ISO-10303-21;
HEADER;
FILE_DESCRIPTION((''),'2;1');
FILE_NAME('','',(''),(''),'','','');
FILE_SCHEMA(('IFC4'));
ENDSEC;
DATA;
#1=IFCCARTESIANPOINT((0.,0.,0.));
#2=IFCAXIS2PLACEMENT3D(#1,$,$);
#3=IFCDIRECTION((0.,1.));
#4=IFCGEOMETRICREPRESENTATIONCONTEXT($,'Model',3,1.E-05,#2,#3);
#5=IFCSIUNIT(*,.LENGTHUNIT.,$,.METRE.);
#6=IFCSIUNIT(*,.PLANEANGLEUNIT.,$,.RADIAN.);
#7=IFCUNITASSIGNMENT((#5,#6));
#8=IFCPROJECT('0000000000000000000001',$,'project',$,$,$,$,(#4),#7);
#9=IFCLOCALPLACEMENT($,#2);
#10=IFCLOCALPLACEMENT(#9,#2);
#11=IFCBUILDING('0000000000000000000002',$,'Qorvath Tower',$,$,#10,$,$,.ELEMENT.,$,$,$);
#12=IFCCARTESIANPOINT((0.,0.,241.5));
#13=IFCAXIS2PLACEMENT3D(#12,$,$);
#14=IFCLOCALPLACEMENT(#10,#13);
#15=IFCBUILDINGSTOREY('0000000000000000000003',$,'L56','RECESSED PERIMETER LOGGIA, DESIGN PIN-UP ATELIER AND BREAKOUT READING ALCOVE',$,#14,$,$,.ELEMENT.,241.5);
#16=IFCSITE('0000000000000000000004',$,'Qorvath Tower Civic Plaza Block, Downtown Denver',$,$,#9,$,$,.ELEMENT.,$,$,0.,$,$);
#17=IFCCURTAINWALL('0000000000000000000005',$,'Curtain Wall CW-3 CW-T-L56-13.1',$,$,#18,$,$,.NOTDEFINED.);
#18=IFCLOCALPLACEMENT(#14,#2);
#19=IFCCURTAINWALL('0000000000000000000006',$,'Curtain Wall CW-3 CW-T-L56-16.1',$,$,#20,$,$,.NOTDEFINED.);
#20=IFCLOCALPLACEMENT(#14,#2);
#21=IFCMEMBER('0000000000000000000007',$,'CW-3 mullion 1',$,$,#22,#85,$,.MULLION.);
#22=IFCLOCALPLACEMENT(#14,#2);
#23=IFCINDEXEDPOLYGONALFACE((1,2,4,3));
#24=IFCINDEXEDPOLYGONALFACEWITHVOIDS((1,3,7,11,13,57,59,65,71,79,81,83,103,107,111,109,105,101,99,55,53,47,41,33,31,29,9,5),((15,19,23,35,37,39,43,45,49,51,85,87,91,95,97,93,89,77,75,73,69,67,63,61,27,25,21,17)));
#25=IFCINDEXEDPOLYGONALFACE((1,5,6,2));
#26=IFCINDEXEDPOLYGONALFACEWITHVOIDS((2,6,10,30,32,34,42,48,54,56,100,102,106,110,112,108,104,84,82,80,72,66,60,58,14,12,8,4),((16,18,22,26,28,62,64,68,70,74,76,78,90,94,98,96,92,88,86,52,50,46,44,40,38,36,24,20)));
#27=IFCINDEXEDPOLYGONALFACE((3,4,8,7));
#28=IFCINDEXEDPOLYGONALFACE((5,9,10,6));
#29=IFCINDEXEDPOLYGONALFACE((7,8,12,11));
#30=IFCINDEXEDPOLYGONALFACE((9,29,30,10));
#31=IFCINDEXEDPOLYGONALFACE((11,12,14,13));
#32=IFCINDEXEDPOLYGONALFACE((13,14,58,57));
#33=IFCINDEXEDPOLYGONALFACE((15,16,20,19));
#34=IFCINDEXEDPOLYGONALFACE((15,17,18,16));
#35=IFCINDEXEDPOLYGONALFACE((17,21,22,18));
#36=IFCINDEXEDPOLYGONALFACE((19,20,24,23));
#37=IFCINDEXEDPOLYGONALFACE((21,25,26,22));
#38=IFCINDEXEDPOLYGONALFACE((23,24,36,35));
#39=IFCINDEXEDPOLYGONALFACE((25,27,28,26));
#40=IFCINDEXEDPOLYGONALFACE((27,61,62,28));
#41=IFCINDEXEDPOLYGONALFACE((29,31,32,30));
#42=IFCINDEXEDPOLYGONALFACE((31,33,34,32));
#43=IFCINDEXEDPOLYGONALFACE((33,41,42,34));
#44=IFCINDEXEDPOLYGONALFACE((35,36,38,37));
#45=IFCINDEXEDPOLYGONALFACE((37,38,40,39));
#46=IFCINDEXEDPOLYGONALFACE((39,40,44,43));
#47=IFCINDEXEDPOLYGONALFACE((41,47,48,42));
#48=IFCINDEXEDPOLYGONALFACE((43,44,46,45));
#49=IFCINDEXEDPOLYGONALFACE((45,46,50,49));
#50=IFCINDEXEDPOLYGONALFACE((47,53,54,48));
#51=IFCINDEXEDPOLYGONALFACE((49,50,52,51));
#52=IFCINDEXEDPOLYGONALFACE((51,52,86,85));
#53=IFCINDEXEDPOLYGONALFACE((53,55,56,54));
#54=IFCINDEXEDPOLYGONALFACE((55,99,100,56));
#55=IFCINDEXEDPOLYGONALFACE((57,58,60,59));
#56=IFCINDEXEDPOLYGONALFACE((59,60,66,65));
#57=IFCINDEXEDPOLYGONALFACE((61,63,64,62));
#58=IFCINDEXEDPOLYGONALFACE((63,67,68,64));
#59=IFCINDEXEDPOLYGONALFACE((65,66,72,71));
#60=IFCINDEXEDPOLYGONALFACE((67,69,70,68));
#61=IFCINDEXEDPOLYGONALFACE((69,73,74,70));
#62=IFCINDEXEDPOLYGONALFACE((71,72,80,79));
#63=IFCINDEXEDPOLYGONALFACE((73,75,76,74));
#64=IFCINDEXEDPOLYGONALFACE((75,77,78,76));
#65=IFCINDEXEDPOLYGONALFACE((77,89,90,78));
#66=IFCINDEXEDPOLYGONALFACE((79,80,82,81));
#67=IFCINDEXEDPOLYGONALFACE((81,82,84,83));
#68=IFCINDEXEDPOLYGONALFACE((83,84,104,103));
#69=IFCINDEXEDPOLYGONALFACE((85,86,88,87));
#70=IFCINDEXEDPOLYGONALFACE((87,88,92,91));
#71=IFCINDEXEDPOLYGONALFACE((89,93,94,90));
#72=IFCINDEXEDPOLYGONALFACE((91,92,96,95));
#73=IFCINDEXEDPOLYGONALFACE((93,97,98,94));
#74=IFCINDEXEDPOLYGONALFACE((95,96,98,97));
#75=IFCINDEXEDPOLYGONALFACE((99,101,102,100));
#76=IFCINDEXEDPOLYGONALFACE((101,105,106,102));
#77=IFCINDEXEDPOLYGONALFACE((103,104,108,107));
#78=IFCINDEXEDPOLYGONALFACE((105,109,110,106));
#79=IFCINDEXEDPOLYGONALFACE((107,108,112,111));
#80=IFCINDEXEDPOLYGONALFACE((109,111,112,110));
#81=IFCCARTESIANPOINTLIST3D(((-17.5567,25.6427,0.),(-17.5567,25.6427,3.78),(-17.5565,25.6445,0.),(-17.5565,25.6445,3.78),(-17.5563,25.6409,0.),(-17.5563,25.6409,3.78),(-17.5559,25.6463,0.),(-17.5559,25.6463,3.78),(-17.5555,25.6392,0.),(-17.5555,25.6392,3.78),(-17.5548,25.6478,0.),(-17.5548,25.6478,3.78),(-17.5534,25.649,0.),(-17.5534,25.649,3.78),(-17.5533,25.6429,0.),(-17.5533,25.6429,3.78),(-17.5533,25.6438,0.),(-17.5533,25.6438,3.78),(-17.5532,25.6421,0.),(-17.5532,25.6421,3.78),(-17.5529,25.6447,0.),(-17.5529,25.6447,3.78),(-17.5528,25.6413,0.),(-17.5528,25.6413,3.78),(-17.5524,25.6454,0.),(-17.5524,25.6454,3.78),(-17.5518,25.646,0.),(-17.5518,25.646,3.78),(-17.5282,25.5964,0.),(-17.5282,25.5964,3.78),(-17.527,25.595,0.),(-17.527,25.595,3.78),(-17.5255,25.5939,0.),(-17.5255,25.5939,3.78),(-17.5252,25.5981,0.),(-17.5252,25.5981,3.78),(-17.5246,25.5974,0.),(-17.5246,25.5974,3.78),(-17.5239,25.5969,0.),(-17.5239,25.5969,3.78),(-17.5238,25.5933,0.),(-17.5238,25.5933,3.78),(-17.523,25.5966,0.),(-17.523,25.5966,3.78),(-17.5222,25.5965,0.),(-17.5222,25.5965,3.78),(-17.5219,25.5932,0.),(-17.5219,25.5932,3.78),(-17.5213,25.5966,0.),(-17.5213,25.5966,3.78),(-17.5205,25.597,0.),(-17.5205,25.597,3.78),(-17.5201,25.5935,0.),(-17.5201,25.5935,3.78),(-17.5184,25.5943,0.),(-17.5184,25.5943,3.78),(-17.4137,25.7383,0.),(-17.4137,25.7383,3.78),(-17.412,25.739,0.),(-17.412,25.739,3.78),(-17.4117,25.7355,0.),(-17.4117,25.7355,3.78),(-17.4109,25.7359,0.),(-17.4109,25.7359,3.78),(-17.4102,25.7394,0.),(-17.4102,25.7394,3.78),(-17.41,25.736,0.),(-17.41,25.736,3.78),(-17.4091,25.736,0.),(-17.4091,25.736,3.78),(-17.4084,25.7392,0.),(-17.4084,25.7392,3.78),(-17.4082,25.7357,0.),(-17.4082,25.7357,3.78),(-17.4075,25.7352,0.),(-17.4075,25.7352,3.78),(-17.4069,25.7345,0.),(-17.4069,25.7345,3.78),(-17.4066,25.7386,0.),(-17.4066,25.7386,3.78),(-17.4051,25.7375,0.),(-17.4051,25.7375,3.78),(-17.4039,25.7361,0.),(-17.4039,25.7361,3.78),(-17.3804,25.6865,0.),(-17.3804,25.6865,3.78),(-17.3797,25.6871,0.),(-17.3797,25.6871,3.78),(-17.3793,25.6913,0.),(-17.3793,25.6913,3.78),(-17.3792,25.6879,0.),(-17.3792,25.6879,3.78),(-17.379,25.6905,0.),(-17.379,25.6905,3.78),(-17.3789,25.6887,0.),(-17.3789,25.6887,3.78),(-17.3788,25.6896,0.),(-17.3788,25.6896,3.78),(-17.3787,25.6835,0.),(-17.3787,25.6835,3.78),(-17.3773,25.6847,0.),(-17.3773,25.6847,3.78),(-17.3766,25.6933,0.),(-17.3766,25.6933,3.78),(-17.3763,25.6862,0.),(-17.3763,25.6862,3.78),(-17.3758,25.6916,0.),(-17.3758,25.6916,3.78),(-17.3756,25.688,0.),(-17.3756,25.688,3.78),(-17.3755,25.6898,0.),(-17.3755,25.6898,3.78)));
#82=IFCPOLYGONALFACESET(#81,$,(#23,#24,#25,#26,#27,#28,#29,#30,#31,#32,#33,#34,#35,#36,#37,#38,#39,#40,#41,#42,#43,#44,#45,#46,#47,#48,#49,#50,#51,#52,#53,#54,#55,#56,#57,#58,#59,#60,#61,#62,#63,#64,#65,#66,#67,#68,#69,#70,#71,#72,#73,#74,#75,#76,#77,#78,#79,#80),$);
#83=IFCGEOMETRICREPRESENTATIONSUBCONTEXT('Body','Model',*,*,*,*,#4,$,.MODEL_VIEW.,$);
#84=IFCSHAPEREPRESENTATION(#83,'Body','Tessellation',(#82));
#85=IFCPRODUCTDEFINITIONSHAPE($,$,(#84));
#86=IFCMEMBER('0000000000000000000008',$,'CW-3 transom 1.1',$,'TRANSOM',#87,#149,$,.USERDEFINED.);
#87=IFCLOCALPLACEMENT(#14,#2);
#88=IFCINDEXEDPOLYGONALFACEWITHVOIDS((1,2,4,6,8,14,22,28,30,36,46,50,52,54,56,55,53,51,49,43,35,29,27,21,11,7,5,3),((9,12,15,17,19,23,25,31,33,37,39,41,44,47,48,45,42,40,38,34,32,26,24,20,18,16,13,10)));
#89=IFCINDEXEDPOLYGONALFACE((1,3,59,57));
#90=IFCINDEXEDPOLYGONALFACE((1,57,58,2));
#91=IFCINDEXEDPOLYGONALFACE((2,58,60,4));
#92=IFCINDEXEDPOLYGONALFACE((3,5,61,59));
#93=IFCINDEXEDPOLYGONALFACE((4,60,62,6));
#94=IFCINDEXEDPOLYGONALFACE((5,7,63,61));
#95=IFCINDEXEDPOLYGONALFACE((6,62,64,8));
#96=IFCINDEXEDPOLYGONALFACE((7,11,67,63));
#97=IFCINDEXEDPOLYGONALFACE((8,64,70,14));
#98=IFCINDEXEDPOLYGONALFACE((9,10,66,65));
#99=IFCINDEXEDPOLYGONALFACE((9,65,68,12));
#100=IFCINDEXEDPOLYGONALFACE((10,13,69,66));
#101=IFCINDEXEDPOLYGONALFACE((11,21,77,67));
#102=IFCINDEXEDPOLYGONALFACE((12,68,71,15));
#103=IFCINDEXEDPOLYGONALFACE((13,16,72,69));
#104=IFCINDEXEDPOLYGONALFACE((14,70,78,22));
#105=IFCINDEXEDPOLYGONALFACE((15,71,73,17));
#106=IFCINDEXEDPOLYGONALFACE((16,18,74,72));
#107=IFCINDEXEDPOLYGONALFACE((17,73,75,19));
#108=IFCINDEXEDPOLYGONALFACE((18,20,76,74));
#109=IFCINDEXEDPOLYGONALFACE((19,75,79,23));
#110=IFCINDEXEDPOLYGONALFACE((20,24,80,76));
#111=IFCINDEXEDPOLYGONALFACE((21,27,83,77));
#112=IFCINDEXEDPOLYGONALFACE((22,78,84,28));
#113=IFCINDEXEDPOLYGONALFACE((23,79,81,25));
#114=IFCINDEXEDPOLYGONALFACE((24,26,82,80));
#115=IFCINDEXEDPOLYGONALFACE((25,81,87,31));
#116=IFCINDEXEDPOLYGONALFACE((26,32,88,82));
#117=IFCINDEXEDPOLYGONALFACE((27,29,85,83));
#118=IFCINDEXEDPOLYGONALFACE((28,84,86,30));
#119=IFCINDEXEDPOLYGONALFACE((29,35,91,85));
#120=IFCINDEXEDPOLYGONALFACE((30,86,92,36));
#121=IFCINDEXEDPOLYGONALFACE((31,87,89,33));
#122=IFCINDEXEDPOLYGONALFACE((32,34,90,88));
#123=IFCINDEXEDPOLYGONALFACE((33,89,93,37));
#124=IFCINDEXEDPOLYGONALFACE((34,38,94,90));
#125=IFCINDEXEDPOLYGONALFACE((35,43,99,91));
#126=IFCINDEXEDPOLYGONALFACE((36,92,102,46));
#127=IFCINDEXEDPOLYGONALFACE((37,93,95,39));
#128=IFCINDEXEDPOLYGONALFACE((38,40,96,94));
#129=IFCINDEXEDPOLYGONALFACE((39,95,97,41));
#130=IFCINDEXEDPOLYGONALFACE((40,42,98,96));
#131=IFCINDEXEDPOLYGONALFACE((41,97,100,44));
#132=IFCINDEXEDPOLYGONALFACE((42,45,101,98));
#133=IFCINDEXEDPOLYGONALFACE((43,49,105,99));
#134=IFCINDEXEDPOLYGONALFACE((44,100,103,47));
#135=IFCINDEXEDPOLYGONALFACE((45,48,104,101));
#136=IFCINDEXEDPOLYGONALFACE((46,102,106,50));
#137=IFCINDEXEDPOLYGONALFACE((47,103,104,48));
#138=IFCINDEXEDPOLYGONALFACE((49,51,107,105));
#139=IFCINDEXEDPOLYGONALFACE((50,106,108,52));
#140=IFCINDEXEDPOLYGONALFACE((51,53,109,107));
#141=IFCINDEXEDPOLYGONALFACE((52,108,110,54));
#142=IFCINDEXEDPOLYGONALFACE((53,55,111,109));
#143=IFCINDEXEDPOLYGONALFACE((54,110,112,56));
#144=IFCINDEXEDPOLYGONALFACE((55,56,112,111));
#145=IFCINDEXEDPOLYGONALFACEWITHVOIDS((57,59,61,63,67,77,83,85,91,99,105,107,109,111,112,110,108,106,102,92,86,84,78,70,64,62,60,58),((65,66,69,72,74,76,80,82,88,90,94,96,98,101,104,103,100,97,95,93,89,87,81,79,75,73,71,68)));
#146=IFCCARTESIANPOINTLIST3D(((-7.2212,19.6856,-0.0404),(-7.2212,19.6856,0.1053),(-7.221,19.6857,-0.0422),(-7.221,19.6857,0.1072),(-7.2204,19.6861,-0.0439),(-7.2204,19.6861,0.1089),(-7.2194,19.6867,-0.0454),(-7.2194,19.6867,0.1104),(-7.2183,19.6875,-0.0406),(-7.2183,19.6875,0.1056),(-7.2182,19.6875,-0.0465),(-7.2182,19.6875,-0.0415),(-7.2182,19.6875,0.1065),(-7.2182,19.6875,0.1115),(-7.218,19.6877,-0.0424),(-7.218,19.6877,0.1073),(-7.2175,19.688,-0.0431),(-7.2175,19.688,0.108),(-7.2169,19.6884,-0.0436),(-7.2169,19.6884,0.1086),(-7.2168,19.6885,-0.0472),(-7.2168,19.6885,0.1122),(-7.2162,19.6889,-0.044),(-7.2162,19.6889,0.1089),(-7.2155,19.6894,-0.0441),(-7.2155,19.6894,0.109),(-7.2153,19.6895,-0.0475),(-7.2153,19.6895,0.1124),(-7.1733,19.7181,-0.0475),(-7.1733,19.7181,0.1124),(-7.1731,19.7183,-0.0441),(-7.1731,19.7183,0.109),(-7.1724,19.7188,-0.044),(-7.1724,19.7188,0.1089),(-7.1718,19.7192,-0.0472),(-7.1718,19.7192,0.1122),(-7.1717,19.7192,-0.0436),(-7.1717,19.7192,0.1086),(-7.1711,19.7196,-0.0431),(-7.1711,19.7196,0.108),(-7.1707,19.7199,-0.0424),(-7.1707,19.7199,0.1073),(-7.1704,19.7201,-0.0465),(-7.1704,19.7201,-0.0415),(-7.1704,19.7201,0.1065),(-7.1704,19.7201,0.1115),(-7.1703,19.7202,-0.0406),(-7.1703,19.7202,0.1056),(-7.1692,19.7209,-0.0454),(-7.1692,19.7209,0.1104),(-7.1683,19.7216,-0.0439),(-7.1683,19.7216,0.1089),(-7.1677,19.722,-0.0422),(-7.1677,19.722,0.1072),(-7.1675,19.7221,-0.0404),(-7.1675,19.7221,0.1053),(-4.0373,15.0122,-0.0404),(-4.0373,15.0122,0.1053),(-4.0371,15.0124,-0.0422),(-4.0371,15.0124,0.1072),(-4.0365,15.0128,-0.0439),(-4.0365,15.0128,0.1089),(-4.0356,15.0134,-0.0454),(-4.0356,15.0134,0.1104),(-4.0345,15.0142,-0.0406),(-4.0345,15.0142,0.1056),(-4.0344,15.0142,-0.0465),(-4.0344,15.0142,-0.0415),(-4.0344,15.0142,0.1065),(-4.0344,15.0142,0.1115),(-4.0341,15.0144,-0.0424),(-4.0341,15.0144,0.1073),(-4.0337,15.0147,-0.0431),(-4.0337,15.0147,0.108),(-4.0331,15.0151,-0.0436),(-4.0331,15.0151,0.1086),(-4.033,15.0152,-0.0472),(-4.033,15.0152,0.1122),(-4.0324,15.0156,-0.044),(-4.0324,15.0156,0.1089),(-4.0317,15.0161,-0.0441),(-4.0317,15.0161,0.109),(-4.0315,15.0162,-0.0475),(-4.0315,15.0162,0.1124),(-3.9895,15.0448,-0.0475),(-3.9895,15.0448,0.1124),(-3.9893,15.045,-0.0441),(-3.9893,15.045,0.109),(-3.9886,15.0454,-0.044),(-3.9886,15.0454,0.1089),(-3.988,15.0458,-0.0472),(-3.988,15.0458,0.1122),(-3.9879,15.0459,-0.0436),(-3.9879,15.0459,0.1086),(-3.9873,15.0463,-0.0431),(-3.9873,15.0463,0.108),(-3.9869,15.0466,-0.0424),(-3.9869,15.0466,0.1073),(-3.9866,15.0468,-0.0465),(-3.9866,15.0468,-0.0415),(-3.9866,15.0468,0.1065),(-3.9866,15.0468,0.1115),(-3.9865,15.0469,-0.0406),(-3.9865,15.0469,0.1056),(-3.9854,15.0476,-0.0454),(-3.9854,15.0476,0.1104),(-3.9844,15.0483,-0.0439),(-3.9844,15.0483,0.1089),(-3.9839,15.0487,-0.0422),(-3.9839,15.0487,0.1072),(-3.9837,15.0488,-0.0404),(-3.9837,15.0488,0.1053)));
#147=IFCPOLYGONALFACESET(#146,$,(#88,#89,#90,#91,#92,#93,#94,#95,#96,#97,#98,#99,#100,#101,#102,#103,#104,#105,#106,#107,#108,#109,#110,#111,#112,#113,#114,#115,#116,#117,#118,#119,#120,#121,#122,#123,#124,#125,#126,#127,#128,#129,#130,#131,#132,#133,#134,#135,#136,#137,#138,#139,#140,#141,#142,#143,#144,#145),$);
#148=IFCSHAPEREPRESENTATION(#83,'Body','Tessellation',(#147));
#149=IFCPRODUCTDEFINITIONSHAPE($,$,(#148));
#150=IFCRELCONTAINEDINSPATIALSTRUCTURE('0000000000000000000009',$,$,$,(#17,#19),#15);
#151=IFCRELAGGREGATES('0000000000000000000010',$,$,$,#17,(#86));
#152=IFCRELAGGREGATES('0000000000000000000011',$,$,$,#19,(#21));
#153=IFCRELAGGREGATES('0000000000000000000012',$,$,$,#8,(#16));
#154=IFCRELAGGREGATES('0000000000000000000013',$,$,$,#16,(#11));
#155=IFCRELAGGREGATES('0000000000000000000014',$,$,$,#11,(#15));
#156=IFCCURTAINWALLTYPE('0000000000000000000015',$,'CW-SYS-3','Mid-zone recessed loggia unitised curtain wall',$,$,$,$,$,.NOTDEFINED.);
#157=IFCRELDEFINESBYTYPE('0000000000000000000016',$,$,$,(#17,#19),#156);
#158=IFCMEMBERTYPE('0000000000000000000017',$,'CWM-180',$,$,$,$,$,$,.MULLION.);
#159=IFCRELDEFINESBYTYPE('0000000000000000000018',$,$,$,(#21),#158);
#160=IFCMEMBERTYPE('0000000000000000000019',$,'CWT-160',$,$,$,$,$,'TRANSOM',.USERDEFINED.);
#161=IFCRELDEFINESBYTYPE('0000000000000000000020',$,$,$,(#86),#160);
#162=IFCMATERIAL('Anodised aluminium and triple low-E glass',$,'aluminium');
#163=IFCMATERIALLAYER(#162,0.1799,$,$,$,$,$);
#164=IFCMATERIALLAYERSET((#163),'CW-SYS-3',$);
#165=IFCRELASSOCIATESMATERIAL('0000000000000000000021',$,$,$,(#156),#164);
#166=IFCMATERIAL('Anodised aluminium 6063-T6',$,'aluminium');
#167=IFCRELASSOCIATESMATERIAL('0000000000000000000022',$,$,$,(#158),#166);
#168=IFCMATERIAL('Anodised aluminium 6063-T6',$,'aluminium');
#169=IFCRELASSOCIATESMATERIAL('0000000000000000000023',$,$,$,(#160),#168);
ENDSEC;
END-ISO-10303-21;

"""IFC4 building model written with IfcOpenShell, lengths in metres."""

from ifc_helpers import new_model, si_unit, direction, frame, origin, origin_2d, place, context, subcontext, project, spatial, hollow_rectangle, extrude, material, layer, layer_set, material_profile, profile_set, type_object, element, aggregate, save


model = new_model("IFC4")

# Units and contexts
model_context = context("Model", 3, precision=1e-05, world=origin(), true_north=direction((0.0, 1.0)))
body_context = subcontext(model_context, "Body", "Model", "MODEL_VIEW")
ifc_project = project(units=[si_unit("LENGTHUNIT", "METRE"), si_unit("PLANEANGLEUNIT", "RADIAN")], contexts=[model_context])

# Site, building, storey
site_placement = place(None, origin())
site = spatial("IfcSite", under=ifc_project, at=site_placement, Name="Qorvath Tower Civic Plaza Block, Downtown Denver", CompositionType="ELEMENT", RefElevation=0.0)
building_placement = place(site_placement, origin())
building = spatial("IfcBuilding", under=site, at=building_placement, Name="Qorvath Tower", CompositionType="ELEMENT")
storey_placement = place(building_placement, frame((0.0, 0.0, 241.5)))
storey = spatial("IfcBuildingStorey", under=building, at=storey_placement, Name="L56", Description="RECESSED PERIMETER LOGGIA, DESIGN PIN-UP ATELIER AND BREAKOUT READING ALCOVE", CompositionType="ELEMENT", Elevation=241.5)

# Shared definitions
ifc_material_1 = material(Name="Anodised aluminium and triple low-E glass", Category="aluminium")
ifc_layer_1 = layer(ifc_material_1, 0.1799)
ifc_layer_set_1 = layer_set([ifc_layer_1], Name="CW-SYS-3")
curtain_wall_type = type_object("IfcCurtainWallType", Name="CW-SYS-3", Description="Mid-zone recessed loggia unitised curtain wall", PredefinedType="NOTDEFINED", material=ifc_layer_set_1)
ifc_material_2 = material(Name="Anodised aluminium 6063-T6", Category="aluminium")
ifc_material_profile_1 = material_profile(ifc_material_2, hollow_rectangle(XDim=0.0649, YDim=0.1799, WallThickness=0.0034, InnerFilletRadius=0.0034, OuterFilletRadius=0.0071, at=origin_2d()), Name="CWM 180x65")
ifc_profile_set_1 = profile_set([ifc_material_profile_1], Name="Anodised aluminium 6063-T6")
member_type_1 = type_object("IfcMemberType", Name="CWM-180", PredefinedType="MULLION", material=ifc_profile_set_1)

# Curtain wall
curtain_wall_1_placement = place(storey_placement, origin())
curtain_wall_1 = element("IfcCurtainWall", 1, at=curtain_wall_1_placement, inside=storey, type_object=curtain_wall_type, Name="Curtain Wall CW-3 CW-T-L56-13.1", PredefinedType="NOTDEFINED")

# Curtain wall, member
curtain_wall_2_placement = place(storey_placement, origin())
curtain_wall_2 = element("IfcCurtainWall", 2, at=curtain_wall_2_placement, inside=storey, type_object=curtain_wall_type, Name="Curtain Wall CW-3 CW-T-L56-16.1", PredefinedType="NOTDEFINED")
member_1_placement = place(storey_placement, frame((-17.4661, 25.6663, 0.0), z_axis=(0.0, 0.0, 1.0), x_axis=(0.538527, -0.842608, 0.0)))
member_1 = element("IfcMember", 3, at=member_1_placement, type_object=member_type_1, Name="CW-3 mullion 1", PredefinedType="MULLION", context=body_context, shape_type="SweptSolid", body=[
    extrude(hollow_rectangle(XDim=0.0649, YDim=0.1799, WallThickness=0.0034, InnerFilletRadius=0.0034, OuterFilletRadius=0.0071, at=origin_2d()), origin(), (0.0, 0.0, 1.0), 3.78),
])

# Member
ifc_material_3 = material(Name="Anodised aluminium 6063-T6", Category="aluminium")
ifc_material_profile_2 = material_profile(ifc_material_3, hollow_rectangle(XDim=0.0649, YDim=0.1599, WallThickness=0.0034, InnerFilletRadius=0.0034, OuterFilletRadius=0.0071, at=origin_2d()), Name="CWT 160x65")
ifc_profile_set_2 = profile_set([ifc_material_profile_2], Name="Anodised aluminium 6063-T6")
member_type_2 = type_object("IfcMemberType", Name="CWT-160", ElementType="TRANSOM", PredefinedType="USERDEFINED", material=ifc_profile_set_2)
member_2_placement = place(storey_placement, frame((-4.0105, 15.0305, 0.0325), z_axis=(-0.563031, 0.826436, 0.0), x_axis=(-0.826436, -0.563031, 0.0)))
member_2 = element("IfcMember", 4, at=member_2_placement, type_object=member_type_2, Name="CW-3 transom 1.1", ObjectType="TRANSOM", PredefinedType="USERDEFINED", context=body_context, shape_type="SweptSolid", body=[
    extrude(hollow_rectangle(XDim=0.0649, YDim=0.1599, WallThickness=0.0034, InnerFilletRadius=0.0034, OuterFilletRadius=0.0071, at=origin_2d()), origin(), (0.0, 0.0, 1.0), 5.6548),
])

aggregate(curtain_wall_1, [member_2])
aggregate(curtain_wall_2, [member_1])

save(model, "model.ifc")
